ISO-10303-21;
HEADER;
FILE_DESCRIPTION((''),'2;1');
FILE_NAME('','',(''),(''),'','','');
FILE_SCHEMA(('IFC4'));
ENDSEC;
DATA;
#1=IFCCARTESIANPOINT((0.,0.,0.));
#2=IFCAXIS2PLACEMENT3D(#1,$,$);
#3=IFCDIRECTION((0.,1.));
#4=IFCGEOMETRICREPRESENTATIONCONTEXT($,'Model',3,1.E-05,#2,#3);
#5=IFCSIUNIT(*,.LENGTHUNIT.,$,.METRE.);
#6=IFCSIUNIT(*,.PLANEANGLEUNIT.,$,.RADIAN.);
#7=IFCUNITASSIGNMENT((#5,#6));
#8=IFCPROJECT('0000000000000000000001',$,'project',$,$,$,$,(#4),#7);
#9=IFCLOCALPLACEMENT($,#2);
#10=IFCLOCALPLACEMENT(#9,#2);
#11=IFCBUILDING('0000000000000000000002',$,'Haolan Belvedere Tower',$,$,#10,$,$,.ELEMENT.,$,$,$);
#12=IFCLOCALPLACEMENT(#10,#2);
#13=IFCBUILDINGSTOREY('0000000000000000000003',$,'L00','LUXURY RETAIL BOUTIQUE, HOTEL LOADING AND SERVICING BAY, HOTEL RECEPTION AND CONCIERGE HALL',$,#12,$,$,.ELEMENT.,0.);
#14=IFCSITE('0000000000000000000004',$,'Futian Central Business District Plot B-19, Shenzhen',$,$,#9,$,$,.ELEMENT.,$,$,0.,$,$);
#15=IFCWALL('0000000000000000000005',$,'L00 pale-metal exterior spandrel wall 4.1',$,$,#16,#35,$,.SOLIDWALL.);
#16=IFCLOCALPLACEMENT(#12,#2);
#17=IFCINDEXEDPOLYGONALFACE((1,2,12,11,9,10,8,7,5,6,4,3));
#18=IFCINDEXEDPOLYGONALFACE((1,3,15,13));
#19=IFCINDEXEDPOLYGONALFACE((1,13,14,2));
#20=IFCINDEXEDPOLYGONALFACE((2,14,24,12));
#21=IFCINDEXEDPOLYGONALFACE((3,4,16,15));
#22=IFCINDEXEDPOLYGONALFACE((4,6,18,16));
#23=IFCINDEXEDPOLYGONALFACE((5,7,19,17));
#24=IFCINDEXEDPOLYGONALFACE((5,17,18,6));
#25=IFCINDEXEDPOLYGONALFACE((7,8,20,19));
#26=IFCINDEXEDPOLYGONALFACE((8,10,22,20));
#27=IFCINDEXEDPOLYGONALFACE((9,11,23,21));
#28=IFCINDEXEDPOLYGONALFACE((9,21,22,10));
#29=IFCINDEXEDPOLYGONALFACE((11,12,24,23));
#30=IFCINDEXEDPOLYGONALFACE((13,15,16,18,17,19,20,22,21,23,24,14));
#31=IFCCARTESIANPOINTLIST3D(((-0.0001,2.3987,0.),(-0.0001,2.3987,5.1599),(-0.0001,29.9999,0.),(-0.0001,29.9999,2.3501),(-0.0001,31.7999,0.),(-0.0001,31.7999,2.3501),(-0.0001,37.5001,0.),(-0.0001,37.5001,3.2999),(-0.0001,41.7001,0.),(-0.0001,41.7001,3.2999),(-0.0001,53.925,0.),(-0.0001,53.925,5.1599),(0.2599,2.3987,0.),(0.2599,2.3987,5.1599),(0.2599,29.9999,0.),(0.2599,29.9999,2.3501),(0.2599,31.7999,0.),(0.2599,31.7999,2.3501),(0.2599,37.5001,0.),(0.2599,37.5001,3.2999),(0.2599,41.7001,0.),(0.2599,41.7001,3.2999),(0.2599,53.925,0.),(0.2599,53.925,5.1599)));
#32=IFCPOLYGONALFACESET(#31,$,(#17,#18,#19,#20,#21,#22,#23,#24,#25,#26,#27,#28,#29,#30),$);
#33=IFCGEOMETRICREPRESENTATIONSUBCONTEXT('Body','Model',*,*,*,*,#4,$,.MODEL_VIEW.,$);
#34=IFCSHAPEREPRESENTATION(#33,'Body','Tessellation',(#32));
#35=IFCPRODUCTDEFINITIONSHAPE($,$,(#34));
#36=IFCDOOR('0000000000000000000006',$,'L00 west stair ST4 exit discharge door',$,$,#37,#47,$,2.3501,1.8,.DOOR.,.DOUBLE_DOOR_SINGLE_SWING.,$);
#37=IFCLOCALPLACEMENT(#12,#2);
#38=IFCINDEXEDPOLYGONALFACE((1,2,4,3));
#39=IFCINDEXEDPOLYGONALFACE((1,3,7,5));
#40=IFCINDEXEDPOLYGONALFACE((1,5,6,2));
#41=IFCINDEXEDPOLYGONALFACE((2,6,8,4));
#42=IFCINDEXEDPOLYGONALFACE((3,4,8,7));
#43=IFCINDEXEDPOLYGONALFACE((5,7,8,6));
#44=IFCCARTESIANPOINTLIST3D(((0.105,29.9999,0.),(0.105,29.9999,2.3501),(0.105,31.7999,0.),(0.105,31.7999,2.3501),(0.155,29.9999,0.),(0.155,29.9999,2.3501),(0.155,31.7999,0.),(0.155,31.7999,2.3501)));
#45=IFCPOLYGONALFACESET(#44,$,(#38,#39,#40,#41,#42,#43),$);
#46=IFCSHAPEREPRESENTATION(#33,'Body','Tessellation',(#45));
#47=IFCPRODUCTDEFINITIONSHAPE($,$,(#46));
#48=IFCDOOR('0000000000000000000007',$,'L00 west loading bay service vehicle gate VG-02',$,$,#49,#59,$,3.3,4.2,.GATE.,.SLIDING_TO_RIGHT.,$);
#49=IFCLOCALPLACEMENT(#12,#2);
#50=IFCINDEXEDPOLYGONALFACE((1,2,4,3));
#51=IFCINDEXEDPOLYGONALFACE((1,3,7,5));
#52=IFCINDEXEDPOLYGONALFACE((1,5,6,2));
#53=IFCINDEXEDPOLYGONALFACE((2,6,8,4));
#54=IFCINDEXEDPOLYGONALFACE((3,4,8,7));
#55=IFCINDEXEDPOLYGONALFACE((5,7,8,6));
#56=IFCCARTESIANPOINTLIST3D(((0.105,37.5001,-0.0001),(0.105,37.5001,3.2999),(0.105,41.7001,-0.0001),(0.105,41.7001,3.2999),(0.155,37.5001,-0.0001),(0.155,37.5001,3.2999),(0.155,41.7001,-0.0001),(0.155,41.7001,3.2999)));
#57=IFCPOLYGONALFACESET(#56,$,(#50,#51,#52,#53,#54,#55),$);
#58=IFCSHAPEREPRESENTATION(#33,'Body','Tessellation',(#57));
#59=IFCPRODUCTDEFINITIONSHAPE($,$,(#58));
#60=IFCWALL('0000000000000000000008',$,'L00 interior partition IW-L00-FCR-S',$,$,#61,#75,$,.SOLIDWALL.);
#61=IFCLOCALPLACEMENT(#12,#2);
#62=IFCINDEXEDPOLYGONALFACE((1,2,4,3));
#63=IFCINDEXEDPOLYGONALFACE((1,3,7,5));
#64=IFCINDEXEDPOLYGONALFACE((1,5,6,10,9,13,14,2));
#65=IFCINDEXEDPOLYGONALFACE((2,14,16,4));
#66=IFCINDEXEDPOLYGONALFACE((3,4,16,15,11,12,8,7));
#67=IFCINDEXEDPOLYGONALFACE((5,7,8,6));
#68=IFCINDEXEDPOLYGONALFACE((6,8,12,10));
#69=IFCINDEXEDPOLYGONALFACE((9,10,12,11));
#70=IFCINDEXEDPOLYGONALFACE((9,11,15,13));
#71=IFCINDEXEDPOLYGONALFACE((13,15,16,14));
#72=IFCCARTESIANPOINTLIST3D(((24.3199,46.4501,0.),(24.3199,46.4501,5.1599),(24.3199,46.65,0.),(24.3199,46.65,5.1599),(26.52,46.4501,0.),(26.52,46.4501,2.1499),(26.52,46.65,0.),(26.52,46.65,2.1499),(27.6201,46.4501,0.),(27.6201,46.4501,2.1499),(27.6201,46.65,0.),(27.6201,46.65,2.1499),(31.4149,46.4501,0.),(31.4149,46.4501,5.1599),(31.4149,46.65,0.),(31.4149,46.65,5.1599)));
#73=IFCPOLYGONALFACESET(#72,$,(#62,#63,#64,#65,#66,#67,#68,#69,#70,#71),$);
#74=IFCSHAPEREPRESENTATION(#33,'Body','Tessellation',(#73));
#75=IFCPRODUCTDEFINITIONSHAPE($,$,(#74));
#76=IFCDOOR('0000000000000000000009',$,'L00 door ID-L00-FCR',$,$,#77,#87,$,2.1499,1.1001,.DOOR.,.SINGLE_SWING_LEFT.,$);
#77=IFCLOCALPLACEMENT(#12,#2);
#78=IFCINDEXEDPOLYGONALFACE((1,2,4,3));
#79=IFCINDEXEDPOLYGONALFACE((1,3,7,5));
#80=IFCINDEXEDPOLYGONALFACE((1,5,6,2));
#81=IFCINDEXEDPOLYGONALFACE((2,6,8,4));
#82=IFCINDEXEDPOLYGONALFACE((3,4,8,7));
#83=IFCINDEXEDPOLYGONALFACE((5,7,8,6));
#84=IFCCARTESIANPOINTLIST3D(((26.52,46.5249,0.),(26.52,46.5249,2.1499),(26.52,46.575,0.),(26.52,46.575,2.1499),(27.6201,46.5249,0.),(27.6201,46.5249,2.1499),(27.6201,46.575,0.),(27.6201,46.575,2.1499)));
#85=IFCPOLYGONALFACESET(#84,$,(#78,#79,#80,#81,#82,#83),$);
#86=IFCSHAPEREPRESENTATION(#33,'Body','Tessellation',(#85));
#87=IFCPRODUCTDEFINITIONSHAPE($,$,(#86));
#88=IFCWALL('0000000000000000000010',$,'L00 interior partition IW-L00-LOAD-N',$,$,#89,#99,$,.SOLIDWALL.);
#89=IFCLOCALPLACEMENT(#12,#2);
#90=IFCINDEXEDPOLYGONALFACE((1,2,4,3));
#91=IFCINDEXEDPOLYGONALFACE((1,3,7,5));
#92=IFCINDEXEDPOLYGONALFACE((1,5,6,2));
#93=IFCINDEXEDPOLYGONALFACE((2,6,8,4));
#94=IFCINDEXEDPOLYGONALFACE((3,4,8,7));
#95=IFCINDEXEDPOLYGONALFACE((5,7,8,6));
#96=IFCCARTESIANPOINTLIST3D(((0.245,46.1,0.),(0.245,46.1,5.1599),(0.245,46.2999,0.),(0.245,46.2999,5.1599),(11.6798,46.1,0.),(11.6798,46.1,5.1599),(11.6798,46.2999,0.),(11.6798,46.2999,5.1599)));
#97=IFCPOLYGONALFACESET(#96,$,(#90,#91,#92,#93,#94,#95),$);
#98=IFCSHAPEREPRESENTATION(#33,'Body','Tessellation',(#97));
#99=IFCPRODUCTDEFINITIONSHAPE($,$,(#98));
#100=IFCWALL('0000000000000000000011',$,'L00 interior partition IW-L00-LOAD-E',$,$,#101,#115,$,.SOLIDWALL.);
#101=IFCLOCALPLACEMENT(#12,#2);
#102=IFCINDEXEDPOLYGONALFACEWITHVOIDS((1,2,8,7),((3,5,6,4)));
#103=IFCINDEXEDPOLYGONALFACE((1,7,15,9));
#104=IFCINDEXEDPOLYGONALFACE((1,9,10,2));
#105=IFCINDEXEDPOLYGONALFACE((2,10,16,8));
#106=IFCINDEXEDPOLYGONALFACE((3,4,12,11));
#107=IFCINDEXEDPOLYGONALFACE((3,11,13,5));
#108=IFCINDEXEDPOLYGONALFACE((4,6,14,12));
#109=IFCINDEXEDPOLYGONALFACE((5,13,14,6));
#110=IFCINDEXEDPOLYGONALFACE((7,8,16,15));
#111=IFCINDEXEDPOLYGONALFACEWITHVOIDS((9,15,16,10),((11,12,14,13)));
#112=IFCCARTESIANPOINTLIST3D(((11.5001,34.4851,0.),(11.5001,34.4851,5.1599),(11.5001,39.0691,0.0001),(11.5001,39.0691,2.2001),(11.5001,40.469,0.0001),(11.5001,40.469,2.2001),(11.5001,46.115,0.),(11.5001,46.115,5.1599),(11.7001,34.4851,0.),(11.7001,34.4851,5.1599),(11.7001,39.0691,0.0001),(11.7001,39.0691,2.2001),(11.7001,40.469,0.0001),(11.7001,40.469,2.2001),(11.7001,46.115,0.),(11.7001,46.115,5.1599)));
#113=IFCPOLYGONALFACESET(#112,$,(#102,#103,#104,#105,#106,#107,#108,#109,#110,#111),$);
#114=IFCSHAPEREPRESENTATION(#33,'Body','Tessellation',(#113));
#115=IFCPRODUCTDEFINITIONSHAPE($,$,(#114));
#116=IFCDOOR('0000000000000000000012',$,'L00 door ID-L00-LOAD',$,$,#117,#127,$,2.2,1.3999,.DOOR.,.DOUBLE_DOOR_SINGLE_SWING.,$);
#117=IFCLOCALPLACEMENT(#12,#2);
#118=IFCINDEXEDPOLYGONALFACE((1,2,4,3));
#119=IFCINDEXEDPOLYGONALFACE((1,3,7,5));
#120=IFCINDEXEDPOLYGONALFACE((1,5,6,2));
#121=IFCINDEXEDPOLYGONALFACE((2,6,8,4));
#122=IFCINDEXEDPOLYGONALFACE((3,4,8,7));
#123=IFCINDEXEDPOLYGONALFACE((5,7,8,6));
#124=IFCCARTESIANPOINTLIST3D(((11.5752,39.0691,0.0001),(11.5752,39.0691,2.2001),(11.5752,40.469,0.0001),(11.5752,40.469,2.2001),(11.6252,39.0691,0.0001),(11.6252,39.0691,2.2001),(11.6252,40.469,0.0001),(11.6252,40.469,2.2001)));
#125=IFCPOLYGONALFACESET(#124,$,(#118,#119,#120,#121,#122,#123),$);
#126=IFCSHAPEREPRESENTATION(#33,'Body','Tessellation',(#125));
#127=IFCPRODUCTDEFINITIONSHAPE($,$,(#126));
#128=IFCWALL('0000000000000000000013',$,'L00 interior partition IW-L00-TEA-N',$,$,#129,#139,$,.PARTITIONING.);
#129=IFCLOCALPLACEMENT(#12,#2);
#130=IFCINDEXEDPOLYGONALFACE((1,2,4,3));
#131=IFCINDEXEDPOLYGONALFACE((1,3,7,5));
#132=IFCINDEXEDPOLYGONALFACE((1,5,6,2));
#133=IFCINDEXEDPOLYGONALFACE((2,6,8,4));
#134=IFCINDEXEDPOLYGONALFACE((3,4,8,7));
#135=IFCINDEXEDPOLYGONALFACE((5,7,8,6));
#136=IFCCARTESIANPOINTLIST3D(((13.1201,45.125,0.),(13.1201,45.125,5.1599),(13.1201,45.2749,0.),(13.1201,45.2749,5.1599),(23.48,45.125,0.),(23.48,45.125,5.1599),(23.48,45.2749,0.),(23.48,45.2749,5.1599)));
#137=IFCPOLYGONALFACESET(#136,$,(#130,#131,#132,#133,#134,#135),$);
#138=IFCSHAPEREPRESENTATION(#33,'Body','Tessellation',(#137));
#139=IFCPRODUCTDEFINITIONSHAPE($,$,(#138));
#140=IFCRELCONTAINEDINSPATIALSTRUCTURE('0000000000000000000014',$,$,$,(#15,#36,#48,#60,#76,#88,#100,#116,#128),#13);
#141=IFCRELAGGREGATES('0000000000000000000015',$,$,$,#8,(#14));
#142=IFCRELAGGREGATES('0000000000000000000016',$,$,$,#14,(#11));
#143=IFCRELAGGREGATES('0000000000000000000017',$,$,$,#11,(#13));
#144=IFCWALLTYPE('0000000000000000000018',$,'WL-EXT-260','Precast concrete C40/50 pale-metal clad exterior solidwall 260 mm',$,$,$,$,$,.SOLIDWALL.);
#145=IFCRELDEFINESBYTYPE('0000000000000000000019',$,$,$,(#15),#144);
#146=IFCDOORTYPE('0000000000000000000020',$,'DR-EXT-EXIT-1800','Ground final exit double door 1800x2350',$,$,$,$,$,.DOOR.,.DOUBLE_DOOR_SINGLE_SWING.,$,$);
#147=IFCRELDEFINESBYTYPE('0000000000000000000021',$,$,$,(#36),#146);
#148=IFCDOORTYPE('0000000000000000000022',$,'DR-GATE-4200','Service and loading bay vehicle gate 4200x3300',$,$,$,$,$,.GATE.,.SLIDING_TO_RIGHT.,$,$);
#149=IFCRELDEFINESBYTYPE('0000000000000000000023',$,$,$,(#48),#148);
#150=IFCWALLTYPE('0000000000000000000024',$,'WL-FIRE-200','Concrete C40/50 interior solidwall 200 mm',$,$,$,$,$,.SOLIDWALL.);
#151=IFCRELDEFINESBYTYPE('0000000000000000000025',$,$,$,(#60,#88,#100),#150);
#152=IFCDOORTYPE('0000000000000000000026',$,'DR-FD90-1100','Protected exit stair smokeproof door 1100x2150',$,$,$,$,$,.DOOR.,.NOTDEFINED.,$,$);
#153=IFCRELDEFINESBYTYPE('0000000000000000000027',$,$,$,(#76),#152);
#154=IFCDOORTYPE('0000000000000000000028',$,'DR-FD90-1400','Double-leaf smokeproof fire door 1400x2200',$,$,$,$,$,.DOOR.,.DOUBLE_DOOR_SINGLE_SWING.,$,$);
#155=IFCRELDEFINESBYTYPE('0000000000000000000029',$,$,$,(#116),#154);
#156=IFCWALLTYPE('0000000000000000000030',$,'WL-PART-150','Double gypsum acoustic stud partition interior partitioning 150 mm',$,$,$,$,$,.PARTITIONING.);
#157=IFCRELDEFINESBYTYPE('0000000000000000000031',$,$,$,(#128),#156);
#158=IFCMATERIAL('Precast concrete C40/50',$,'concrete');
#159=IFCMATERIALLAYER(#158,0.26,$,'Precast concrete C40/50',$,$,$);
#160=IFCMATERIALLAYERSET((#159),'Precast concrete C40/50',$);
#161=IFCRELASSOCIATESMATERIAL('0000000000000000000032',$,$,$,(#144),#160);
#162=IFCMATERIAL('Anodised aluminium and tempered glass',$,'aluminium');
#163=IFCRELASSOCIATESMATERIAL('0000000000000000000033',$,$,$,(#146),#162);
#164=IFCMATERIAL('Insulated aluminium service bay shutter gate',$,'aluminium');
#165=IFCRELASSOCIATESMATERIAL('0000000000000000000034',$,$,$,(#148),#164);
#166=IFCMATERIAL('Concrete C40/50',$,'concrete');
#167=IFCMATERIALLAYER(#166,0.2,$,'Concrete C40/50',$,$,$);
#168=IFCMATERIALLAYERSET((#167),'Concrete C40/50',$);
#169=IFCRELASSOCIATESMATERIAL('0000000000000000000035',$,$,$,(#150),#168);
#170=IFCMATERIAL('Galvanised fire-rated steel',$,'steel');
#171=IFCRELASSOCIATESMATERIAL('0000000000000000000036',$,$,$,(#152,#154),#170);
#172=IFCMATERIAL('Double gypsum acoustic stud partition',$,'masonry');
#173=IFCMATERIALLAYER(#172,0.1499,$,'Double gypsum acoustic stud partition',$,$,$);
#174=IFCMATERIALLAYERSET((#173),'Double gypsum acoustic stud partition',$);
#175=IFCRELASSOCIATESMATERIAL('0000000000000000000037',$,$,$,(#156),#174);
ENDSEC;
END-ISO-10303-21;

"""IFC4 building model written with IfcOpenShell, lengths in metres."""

from ifc_helpers import new_model, si_unit, direction, frame, frame_2d, origin, place, context, subcontext, project, spatial, rectangle, extrude, material, layer, layer_set, type_object, element, fill, save


model = new_model("IFC4")

# Units and contexts
model_context = context("Model", 3, precision=1e-05, world=origin(), true_north=direction((0.0, 1.0)))
body_context = subcontext(model_context, "Body", "Model", "MODEL_VIEW")
ifc_project = project(units=[si_unit("LENGTHUNIT", "METRE"), si_unit("PLANEANGLEUNIT", "RADIAN")], contexts=[model_context])

# Site, building, storey
site_placement = place(None, origin())
site = spatial("IfcSite", under=ifc_project, at=site_placement, Name="Futian Central Business District Plot B-19, Shenzhen", CompositionType="ELEMENT", RefElevation=0.0)
building_placement = place(site_placement, origin())
building = spatial("IfcBuilding", under=site, at=building_placement, Name="Haolan Belvedere Tower", CompositionType="ELEMENT")
storey_placement = place(building_placement, origin())
storey = spatial("IfcBuildingStorey", under=building, at=storey_placement, Name="L00", Description="LUXURY RETAIL BOUTIQUE, HOTEL LOADING AND SERVICING BAY, HOTEL RECEPTION AND CONCIERGE HALL", CompositionType="ELEMENT", Elevation=0.0)

# Wall, openings, doors
ifc_material_1 = material(Name="Precast concrete C40/50", Category="concrete")
ifc_layer_1 = layer(ifc_material_1, 0.26, Name="Precast concrete C40/50")
ifc_layer_set_1 = layer_set([ifc_layer_1], Name="Precast concrete C40/50")
wall_type_1 = type_object("IfcWallType", Name="WL-EXT-260", Description="Precast concrete C40/50 pale-metal clad exterior solidwall 260 mm", PredefinedType="SOLIDWALL", material=ifc_layer_set_1)
wall_1_placement = place(storey_placement, frame((0.1299, 53.925, 0.0), z_axis=(0.0, 0.0, 1.0), x_axis=(0.0, -1.0, 0.0)))
wall_1 = element("IfcWall", 1, at=wall_1_placement, inside=storey, type_object=wall_type_1, Name="L00 pale-metal exterior spandrel wall 4.1", PredefinedType="SOLIDWALL", context=body_context, shape_type="SweptSolid", body=[
    extrude(rectangle(XDim=51.5264, YDim=0.26, at=frame_2d((25.7632, 0.0))), origin(), (0.0, 0.0, 1.0), 5.1599),
])
opening_1_placement = place(wall_1_placement, frame((23.925, 0.0, 0.0), z_axis=(0.0, 0.0, 1.0), x_axis=(-1.0, 0.0, 0.0)))
opening_1 = element("IfcOpeningElement", 2, at=opening_1_placement, cuts=wall_1, PredefinedType="OPENING", context=body_context, shape_type="SweptSolid", body=[
    extrude(rectangle(XDim=1.8, YDim=2.3501, at=frame_2d((0.8999, 1.175))), frame((0.0, 0.1399, 0.0), z_axis=(0.0, -1.0, 0.0), x_axis=(1.0, 0.0, 0.0)), (0.0, 0.0, 1.0), 0.28),
])
opening_2_placement = place(wall_1_placement, frame((16.425, 0.0, 0.0), z_axis=(0.0, 0.0, 1.0), x_axis=(-1.0, 0.0, 0.0)))
opening_2 = element("IfcOpeningElement", 3, at=opening_2_placement, cuts=wall_1, PredefinedType="OPENING", context=body_context, shape_type="SweptSolid", body=[
    extrude(rectangle(XDim=4.2, YDim=3.3, at=frame_2d((2.1001, 1.6499))), frame((0.0, 0.1399, 0.0), z_axis=(0.0, -1.0, 0.0), x_axis=(1.0, 0.0, 0.0)), (0.0, 0.0, 1.0), 0.28),
])
ifc_material_2 = material(Name="Anodised aluminium and tempered glass", Category="aluminium")
door_type_1 = type_object("IfcDoorType", Name="DR-EXT-EXIT-1800", Description="Ground final exit double door 1800x2350", OperationType="DOUBLE_DOOR_SINGLE_SWING", PredefinedType="DOOR", material=ifc_material_2)
door_1_placement = place(opening_1_placement, origin())
door_1 = element("IfcDoor", 4, at=door_1_placement, inside=storey, type_object=door_type_1, Name="L00 west stair ST4 exit discharge door", OperationType="DOUBLE_DOOR_SINGLE_SWING", OverallHeight=2.3501, OverallWidth=1.8, PredefinedType="DOOR", context=body_context, shape_type="SweptSolid", body=[
    extrude(rectangle(XDim=1.8, YDim=2.3501, at=frame_2d((0.8999, 1.175))), frame((0.0, 0.0249, 0.0), z_axis=(0.0, -1.0, 0.0), x_axis=(1.0, 0.0, 0.0)), (0.0, 0.0, 1.0), 0.05),
])
fill(opening_1, door_1)
ifc_material_3 = material(Name="Insulated aluminium service bay shutter gate", Category="aluminium")
door_type_2 = type_object("IfcDoorType", Name="DR-GATE-4200", Description="Service and loading bay vehicle gate 4200x3300", OperationType="SLIDING_TO_RIGHT", PredefinedType="GATE", material=ifc_material_3)
door_2_placement = place(opening_2_placement, origin())
door_2 = element("IfcDoor", 5, at=door_2_placement, inside=storey, type_object=door_type_2, Name="L00 west loading bay service vehicle gate VG-02", OperationType="SLIDING_TO_RIGHT", OverallHeight=3.3, OverallWidth=4.2, PredefinedType="GATE", context=body_context, shape_type="SweptSolid", body=[
    extrude(rectangle(XDim=4.2, YDim=3.3, at=frame_2d((2.1001, 1.6499))), frame((0.0, 0.0249, 0.0), z_axis=(0.0, -1.0, 0.0), x_axis=(1.0, 0.0, 0.0)), (0.0, 0.0, 1.0), 0.05),
])
fill(opening_2, door_2)

# Wall, opening, door
ifc_material_4 = material(Name="Concrete C40/50", Category="concrete")
ifc_layer_2 = layer(ifc_material_4, 0.2, Name="Concrete C40/50")
ifc_layer_set_2 = layer_set([ifc_layer_2], Name="Concrete C40/50")
wall_type_2 = type_object("IfcWallType", Name="WL-FIRE-200", Description="Concrete C40/50 interior solidwall 200 mm", PredefinedType="SOLIDWALL", material=ifc_layer_set_2)
wall_2_placement = place(storey_placement, frame((24.3201, 46.55, 0.0), z_axis=(0.0, 0.0, 1.0), x_axis=(1.0, 0.0, 0.0)))
wall_2 = element("IfcWall", 6, at=wall_2_placement, inside=storey, type_object=wall_type_2, Name="L00 interior partition IW-L00-FCR-S", PredefinedType="SOLIDWALL", context=body_context, shape_type="SweptSolid", body=[
    extrude(rectangle(XDim=7.095, YDim=0.2, at=frame_2d((3.5474, 0.0))), origin(), (0.0, 0.0, 1.0), 5.1599),
])
opening_3_placement = place(wall_2_placement, frame((2.2, 0.0, 0.0)))
opening_3 = element("IfcOpeningElement", 7, at=opening_3_placement, cuts=wall_2, PredefinedType="OPENING", context=body_context, shape_type="SweptSolid", body=[
    extrude(rectangle(XDim=1.1001, YDim=2.1499, at=frame_2d((0.55, 1.075))), frame((0.0, 0.1099, 0.0), z_axis=(0.0, -1.0, 0.0), x_axis=(1.0, 0.0, 0.0)), (0.0, 0.0, 1.0), 0.22),
])
ifc_material_5 = material(Name="Galvanised fire-rated steel", Category="steel")
door_type_3 = type_object("IfcDoorType", Name="DR-FD90-1100", Description="Protected exit stair smokeproof door 1100x2150", OperationType="NOTDEFINED", PredefinedType="DOOR", material=ifc_material_5)
door_3_placement = place(opening_3_placement, origin())
door_3 = element("IfcDoor", 8, at=door_3_placement, inside=storey, type_object=door_type_3, Name="L00 door ID-L00-FCR", OperationType="SINGLE_SWING_LEFT", OverallHeight=2.1499, OverallWidth=1.1001, PredefinedType="DOOR", context=body_context, shape_type="SweptSolid", body=[
    extrude(rectangle(XDim=1.1001, YDim=2.1499, at=frame_2d((0.55, 1.075))), frame((0.0, 0.0249, 0.0), z_axis=(0.0, -1.0, 0.0), x_axis=(1.0, 0.0, 0.0)), (0.0, 0.0, 1.0), 0.05),
])
fill(opening_3, door_3)

# Wall
wall_3_placement = place(storey_placement, frame((0.2451, 46.2, 0.0), z_axis=(0.0, 0.0, 1.0), x_axis=(1.0, 0.0, 0.0)))
element("IfcWall", 9, at=wall_3_placement, inside=storey, type_object=wall_type_2, Name="L00 interior partition IW-L00-LOAD-N", PredefinedType="SOLIDWALL", context=body_context, shape_type="SweptSolid", body=[
    extrude(rectangle(XDim=11.4348, YDim=0.2, at=frame_2d((5.7173, 0.0))), origin(), (0.0, 0.0, 1.0), 5.1599),
])

# Wall, opening, door
wall_4_placement = place(storey_placement, frame((11.6001, 34.4851, 0.0), z_axis=(0.0, 0.0, 1.0), x_axis=(0.0, 1.0, 0.0)))
wall_4 = element("IfcWall", 10, at=wall_4_placement, inside=storey, type_object=wall_type_2, Name="L00 interior partition IW-L00-LOAD-E", PredefinedType="SOLIDWALL", context=body_context, shape_type="SweptSolid", body=[
    extrude(rectangle(XDim=11.6299, YDim=0.2, at=frame_2d((5.8149, 0.0))), origin(), (0.0, 0.0, 1.0), 5.1599),
])
opening_4_placement = place(wall_4_placement, frame((4.584, 0.0, 0.0)))
opening_4 = element("IfcOpeningElement", 11, at=opening_4_placement, cuts=wall_4, PredefinedType="OPENING", context=body_context, shape_type="SweptSolid", body=[
    extrude(rectangle(XDim=1.3999, YDim=2.2, at=frame_2d((0.7, 1.1001))), frame((0.0, 0.1099, 0.0), z_axis=(0.0, -1.0, 0.0), x_axis=(1.0, 0.0, 0.0)), (0.0, 0.0, 1.0), 0.22),
])
door_type_4 = type_object("IfcDoorType", Name="DR-FD90-1400", Description="Double-leaf smokeproof fire door 1400x2200", OperationType="DOUBLE_DOOR_SINGLE_SWING", PredefinedType="DOOR", material=ifc_material_5)
door_4_placement = place(opening_4_placement, origin())
door_4 = element("IfcDoor", 12, at=door_4_placement, inside=storey, type_object=door_type_4, Name="L00 door ID-L00-LOAD", OperationType="DOUBLE_DOOR_SINGLE_SWING", OverallHeight=2.2, OverallWidth=1.3999, PredefinedType="DOOR", context=body_context, shape_type="SweptSolid", body=[
    extrude(rectangle(XDim=1.3999, YDim=2.2, at=frame_2d((0.7, 1.1001))), frame((0.0, 0.0249, 0.0), z_axis=(0.0, -1.0, 0.0), x_axis=(1.0, 0.0, 0.0)), (0.0, 0.0, 1.0), 0.05),
])
fill(opening_4, door_4)

# Wall
ifc_material_6 = material(Name="Double gypsum acoustic stud partition", Category="masonry")
ifc_layer_3 = layer(ifc_material_6, 0.1499, Name="Double gypsum acoustic stud partition")
ifc_layer_set_3 = layer_set([ifc_layer_3], Name="Double gypsum acoustic stud partition")
wall_type_3 = type_object("IfcWallType", Name="WL-PART-150", Description="Double gypsum acoustic stud partition interior partitioning 150 mm", PredefinedType="PARTITIONING", material=ifc_layer_set_3)
wall_5_placement = place(storey_placement, frame((13.1201, 45.2, 0.0), z_axis=(0.0, 0.0, 1.0), x_axis=(1.0, 0.0, 0.0)))
element("IfcWall", 13, at=wall_5_placement, inside=storey, type_object=wall_type_3, Name="L00 interior partition IW-L00-TEA-N", PredefinedType="PARTITIONING", context=body_context, shape_type="SweptSolid", body=[
    extrude(rectangle(XDim=10.3599, YDim=0.1499, at=frame_2d((5.1799, 0.0))), origin(), (0.0, 0.0, 1.0), 5.1599),
])

save(model, "model.ifc")
